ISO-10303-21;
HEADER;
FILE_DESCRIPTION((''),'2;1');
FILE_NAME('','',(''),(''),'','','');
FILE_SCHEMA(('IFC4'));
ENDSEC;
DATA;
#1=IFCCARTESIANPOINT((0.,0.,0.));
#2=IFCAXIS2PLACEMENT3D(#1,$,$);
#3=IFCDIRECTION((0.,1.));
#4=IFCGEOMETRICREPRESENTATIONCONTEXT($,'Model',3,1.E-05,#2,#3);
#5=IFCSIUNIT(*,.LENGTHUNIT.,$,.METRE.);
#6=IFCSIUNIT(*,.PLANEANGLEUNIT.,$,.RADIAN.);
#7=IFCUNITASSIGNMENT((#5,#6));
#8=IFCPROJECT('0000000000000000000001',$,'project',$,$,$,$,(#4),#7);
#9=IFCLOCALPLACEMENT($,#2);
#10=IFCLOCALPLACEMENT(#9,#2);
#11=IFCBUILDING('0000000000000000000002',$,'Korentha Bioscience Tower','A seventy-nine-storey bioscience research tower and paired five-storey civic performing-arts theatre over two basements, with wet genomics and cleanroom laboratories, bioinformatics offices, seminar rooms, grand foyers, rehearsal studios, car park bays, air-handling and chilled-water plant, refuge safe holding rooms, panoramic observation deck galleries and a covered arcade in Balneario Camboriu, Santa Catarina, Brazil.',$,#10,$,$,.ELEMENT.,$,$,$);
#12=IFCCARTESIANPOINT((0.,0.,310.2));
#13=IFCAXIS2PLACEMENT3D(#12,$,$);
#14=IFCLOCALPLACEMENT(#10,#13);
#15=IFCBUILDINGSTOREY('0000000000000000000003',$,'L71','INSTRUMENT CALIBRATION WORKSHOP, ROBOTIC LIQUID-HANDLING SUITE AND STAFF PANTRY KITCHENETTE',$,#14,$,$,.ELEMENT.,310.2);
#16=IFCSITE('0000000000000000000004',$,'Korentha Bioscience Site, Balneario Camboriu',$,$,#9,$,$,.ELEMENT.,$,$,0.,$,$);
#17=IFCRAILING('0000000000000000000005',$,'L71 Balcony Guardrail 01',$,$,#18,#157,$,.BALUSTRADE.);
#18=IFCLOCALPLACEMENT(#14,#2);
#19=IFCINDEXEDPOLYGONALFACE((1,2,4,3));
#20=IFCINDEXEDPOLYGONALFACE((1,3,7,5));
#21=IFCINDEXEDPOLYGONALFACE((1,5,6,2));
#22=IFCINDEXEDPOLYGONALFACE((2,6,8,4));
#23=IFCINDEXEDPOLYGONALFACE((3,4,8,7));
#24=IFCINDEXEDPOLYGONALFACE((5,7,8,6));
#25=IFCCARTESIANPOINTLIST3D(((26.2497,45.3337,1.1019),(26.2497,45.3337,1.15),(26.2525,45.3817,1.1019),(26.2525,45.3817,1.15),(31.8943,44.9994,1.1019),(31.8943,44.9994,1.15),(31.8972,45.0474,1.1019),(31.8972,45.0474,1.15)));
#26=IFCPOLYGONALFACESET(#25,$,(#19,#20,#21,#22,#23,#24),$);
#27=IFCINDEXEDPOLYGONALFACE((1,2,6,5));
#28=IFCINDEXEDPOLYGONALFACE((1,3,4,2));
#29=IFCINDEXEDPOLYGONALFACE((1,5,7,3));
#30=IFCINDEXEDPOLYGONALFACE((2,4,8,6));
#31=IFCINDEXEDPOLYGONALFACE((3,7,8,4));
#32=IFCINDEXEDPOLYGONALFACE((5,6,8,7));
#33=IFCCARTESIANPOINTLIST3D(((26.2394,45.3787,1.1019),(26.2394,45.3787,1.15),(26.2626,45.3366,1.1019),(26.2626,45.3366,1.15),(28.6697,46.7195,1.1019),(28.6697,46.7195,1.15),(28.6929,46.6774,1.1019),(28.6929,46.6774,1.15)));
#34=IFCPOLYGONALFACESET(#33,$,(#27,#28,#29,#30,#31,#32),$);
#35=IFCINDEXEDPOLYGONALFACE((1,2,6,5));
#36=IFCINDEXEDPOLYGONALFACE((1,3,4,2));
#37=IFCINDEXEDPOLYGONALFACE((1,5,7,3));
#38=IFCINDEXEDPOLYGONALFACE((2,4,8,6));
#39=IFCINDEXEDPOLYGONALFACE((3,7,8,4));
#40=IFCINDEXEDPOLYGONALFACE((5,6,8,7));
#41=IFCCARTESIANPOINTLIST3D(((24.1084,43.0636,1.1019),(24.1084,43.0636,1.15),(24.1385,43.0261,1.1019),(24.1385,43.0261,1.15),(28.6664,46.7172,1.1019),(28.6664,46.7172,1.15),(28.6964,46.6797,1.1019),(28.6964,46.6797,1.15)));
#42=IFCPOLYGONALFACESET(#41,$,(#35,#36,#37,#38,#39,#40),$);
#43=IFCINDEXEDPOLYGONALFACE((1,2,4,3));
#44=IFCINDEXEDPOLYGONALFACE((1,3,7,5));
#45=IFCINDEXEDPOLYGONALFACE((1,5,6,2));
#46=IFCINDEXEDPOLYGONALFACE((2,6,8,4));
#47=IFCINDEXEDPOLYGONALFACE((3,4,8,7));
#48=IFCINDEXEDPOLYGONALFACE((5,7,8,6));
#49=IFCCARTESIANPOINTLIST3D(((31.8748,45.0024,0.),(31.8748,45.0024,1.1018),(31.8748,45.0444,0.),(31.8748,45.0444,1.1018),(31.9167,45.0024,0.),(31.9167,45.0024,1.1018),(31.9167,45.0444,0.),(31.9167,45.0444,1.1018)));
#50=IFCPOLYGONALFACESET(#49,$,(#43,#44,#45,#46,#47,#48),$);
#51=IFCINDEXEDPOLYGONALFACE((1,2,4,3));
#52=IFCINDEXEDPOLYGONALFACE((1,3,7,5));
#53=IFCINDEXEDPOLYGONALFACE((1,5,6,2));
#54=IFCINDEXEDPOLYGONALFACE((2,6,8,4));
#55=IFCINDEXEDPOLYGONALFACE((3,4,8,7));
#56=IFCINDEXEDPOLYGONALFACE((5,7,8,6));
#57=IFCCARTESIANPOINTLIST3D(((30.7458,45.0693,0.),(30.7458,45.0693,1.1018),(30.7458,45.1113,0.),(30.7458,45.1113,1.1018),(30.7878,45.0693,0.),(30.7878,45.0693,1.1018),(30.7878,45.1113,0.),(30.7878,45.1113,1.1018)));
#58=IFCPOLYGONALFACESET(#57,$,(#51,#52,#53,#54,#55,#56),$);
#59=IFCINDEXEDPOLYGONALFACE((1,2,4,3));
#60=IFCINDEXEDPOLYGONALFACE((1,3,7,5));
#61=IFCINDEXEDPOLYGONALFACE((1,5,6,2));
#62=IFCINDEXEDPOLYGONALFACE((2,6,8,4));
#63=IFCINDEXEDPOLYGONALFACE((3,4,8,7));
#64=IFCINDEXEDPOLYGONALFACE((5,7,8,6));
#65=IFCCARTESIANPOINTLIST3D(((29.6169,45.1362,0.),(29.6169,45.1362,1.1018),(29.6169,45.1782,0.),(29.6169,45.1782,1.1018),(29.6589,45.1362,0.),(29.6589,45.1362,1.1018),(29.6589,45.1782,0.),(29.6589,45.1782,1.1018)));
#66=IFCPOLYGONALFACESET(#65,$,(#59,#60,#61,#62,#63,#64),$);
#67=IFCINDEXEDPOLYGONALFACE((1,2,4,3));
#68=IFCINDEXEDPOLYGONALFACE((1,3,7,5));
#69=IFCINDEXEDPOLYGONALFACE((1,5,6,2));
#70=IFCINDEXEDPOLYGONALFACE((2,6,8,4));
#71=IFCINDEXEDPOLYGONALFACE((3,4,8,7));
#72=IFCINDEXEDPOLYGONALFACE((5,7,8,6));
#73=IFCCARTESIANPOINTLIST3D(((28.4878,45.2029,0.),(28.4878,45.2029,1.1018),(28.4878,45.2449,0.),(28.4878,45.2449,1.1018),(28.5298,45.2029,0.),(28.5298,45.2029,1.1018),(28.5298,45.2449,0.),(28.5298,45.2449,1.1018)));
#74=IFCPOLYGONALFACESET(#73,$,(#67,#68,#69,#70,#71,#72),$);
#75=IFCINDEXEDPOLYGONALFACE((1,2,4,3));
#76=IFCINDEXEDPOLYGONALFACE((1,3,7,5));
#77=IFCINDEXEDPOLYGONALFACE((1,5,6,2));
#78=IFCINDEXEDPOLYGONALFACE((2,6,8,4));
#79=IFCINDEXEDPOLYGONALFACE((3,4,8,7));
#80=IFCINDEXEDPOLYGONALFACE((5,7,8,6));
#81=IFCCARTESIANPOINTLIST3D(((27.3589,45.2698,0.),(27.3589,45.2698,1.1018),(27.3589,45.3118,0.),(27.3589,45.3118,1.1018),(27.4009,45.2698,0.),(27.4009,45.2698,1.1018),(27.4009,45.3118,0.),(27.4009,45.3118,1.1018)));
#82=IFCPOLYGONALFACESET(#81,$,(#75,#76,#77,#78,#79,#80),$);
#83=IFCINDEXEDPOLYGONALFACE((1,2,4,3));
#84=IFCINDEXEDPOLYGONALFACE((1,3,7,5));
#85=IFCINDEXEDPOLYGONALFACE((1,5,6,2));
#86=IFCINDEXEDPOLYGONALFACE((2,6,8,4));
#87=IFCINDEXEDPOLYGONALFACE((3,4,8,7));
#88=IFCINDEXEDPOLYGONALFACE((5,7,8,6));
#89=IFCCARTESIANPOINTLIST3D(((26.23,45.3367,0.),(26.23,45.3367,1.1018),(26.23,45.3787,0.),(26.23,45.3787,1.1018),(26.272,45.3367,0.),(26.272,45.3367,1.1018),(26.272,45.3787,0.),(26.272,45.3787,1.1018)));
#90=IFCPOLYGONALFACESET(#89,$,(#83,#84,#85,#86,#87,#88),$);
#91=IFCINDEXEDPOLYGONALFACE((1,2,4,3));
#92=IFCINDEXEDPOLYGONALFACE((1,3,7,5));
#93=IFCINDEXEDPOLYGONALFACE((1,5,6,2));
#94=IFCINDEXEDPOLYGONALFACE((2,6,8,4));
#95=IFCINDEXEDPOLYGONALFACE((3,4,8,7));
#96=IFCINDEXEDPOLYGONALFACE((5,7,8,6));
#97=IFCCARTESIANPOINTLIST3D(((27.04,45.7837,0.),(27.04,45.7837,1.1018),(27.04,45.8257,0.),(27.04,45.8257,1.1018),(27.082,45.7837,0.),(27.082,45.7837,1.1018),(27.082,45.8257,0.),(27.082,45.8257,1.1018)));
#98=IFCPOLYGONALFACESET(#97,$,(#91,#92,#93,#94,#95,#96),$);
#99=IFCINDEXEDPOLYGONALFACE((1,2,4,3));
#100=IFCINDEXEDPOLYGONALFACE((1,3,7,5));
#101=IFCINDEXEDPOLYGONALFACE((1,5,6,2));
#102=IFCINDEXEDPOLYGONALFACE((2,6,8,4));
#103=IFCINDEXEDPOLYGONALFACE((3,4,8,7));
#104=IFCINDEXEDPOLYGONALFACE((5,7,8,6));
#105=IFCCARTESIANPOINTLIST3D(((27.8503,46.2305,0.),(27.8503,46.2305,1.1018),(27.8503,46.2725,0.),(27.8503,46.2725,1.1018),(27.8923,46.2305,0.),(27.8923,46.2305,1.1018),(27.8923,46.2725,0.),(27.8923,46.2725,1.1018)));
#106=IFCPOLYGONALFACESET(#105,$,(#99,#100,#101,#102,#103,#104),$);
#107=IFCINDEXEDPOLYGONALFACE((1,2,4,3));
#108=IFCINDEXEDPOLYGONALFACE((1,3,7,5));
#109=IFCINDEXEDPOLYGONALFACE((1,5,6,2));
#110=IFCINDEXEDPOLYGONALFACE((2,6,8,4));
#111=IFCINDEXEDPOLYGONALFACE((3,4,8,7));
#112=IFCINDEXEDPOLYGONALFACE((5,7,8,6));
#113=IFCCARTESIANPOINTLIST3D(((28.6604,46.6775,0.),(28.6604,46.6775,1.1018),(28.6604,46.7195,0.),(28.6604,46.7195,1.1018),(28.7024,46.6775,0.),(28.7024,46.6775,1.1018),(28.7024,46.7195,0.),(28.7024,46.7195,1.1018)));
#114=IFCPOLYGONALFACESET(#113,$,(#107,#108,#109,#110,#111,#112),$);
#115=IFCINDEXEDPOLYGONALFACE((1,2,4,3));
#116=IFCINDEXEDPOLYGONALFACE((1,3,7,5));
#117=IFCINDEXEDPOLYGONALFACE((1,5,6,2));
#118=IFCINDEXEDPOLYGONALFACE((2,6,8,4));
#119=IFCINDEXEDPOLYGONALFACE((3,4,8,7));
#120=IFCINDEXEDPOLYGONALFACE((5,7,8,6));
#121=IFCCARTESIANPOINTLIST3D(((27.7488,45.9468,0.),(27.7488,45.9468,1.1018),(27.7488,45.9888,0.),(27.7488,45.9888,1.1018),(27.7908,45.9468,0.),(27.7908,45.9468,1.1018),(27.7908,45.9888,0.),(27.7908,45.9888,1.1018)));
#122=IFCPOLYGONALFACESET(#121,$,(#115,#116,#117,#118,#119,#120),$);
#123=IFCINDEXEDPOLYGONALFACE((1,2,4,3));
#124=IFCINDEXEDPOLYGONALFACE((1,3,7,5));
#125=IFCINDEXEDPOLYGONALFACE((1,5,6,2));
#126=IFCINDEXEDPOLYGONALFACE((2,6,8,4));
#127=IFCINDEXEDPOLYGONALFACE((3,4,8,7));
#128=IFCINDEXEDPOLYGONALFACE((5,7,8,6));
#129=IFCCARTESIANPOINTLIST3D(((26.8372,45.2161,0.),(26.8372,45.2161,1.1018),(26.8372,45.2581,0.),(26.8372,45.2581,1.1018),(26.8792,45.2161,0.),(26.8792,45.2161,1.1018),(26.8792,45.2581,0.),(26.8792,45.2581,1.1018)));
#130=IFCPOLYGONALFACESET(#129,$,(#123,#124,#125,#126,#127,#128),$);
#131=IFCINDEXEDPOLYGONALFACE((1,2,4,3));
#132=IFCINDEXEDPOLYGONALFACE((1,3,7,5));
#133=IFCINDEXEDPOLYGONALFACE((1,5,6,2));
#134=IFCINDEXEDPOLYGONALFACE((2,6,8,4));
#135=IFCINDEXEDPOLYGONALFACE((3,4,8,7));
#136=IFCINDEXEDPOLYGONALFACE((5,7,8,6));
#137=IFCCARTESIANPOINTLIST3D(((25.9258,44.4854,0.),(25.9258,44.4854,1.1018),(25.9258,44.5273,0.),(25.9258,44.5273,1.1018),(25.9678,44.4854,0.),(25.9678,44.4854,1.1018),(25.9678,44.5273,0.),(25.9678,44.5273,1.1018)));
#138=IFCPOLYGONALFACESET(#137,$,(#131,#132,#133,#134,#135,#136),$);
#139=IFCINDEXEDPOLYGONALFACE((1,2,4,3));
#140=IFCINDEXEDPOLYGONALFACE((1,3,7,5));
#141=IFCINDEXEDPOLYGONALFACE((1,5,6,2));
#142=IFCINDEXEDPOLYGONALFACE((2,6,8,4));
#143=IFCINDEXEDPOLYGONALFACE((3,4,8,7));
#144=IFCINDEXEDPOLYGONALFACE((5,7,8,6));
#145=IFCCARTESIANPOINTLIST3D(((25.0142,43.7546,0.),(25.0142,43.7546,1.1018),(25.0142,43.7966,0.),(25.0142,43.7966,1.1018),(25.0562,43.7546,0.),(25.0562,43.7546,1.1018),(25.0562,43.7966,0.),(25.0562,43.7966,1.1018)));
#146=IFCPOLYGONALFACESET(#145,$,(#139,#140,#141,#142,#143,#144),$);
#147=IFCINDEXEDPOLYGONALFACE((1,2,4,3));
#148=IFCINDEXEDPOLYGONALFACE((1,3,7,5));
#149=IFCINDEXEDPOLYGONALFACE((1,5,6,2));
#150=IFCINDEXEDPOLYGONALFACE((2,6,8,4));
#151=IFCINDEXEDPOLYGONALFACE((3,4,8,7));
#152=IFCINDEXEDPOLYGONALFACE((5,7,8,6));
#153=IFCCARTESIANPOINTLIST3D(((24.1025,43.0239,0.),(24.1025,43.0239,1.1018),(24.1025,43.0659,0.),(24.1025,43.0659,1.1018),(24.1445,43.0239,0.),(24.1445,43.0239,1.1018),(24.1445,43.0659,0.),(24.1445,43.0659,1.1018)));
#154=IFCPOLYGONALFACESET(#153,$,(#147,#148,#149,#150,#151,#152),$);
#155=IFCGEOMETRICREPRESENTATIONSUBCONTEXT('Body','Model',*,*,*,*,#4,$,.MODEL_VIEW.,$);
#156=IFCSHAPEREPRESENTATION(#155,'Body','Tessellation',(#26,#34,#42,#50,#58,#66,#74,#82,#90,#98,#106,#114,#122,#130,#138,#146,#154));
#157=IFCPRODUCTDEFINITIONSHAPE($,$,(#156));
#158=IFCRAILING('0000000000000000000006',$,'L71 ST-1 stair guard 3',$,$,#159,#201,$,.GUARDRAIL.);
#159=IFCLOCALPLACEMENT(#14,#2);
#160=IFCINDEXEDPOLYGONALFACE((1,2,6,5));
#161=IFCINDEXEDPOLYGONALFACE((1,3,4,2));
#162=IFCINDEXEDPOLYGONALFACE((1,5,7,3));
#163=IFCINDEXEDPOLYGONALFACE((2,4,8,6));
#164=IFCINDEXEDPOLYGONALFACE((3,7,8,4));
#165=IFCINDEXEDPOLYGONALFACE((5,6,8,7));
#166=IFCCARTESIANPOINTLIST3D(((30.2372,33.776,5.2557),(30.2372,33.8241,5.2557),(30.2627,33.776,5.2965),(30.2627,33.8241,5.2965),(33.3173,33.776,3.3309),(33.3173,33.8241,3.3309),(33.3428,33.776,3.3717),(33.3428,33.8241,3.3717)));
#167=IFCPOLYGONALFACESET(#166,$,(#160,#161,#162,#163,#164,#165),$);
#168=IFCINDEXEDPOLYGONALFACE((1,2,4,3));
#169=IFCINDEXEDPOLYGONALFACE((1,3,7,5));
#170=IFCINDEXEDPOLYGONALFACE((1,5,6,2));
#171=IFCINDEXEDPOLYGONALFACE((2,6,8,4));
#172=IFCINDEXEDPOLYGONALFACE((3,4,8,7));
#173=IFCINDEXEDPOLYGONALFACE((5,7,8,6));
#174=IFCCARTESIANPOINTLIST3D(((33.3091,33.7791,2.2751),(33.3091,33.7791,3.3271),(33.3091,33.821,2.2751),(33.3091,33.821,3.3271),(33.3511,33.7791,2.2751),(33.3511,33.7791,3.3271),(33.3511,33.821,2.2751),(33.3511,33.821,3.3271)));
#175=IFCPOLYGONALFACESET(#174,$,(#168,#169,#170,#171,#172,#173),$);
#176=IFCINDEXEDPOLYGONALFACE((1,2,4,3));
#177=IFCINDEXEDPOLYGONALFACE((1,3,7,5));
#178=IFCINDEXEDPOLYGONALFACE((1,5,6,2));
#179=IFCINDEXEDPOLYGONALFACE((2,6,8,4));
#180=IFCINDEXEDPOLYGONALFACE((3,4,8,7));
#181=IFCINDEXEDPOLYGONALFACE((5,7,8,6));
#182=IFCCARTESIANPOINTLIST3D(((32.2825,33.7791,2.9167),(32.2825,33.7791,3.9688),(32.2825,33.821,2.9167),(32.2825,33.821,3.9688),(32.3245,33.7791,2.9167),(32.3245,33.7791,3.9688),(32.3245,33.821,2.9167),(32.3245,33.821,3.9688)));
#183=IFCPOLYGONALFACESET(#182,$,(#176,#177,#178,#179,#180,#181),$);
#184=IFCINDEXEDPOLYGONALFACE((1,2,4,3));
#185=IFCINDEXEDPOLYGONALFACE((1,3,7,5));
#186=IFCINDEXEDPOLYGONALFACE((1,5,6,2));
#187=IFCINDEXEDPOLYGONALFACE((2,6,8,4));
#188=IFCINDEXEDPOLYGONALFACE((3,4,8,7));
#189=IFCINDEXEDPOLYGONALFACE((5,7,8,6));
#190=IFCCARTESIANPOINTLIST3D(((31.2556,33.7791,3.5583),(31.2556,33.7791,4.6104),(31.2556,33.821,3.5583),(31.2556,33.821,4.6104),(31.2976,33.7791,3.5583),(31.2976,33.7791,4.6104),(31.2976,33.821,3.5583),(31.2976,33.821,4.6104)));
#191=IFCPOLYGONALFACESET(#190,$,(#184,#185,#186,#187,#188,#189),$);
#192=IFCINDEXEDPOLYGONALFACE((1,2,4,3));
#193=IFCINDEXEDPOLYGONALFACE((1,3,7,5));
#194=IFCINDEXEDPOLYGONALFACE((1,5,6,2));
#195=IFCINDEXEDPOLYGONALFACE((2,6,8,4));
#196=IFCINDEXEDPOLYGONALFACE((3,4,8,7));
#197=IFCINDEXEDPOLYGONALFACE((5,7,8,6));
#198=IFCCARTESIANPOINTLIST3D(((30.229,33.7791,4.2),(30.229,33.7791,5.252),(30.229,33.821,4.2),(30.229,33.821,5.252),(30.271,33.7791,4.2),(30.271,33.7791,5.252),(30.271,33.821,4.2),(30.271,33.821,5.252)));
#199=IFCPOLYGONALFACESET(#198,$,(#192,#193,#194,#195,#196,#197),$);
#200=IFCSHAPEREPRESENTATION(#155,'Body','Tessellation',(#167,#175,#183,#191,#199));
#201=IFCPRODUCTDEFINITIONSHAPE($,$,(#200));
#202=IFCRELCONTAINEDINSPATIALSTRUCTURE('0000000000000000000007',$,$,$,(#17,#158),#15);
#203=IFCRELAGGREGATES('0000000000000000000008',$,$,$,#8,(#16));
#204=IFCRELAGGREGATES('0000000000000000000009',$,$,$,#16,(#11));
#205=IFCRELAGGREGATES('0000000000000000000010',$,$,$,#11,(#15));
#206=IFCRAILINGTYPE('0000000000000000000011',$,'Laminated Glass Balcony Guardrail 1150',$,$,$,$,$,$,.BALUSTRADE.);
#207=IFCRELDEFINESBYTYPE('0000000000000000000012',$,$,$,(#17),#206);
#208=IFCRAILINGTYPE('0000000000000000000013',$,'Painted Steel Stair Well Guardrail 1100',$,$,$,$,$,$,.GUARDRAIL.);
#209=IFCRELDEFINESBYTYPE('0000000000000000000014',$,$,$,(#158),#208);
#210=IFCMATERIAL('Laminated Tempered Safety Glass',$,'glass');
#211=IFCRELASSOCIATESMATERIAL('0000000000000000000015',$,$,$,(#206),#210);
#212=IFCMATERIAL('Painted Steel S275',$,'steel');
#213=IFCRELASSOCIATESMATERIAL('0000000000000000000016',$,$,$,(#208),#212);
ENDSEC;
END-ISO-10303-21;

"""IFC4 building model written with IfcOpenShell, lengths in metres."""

from ifc_helpers import new_model, si_unit, direction, frame, origin, origin_2d, place, context, subcontext, project, spatial, rectangle, extrude, material, type_object, element, save


model = new_model("IFC4")

# Units and contexts
model_context = context("Model", 3, precision=1e-05, world=origin(), true_north=direction((0.0, 1.0)))
body_context = subcontext(model_context, "Body", "Model", "MODEL_VIEW")
ifc_project = project(units=[si_unit("LENGTHUNIT", "METRE"), si_unit("PLANEANGLEUNIT", "RADIAN")], contexts=[model_context])

# Site, building, storey
site_placement = place(None, origin())
site = spatial("IfcSite", under=ifc_project, at=site_placement, Name="Korentha Bioscience Site, Balneario Camboriu", CompositionType="ELEMENT", RefElevation=0.0)
building_placement = place(site_placement, origin())
building = spatial("IfcBuilding", under=site, at=building_placement, Name="Korentha Bioscience Tower", Description="A seventy-nine-storey bioscience research tower and paired five-storey civic performing-arts theatre over two basements, with wet genomics and cleanroom laboratories, bioinformatics offices, seminar rooms, grand foyers, rehearsal studios, car park bays, air-handling and chilled-water plant, refuge safe holding rooms, panoramic observation deck galleries and a covered arcade in Balneario Camboriu, Santa Catarina, Brazil.", CompositionType="ELEMENT")
storey_placement = place(building_placement, frame((0.0, 0.0, 310.2)))
storey = spatial("IfcBuildingStorey", under=building, at=storey_placement, Name="L71", Description="INSTRUMENT CALIBRATION WORKSHOP, ROBOTIC LIQUID-HANDLING SUITE AND STAFF PANTRY KITCHENETTE", CompositionType="ELEMENT", Elevation=310.2)

# Railings
ifc_material_1 = material(Name="Laminated Tempered Safety Glass", Category="glass")
railing_type_1 = type_object("IfcRailingType", Name="Laminated Glass Balcony Guardrail 1150", PredefinedType="BALUSTRADE", material=ifc_material_1)
railing_1_placement = place(storey_placement, frame((31.8958, 45.0234, 0.0)))
element("IfcRailing", 1, at=railing_1_placement, inside=storey, type_object=railing_type_1, Name="L71 Balcony Guardrail 01", PredefinedType="BALUSTRADE", context=body_context, shape_type="SweptSolid", body=[
    extrude(rectangle(XDim=0.0481, YDim=0.0481, at=origin_2d()), frame((0.0, 0.0, 1.126), z_axis=(-0.998252, 0.059107, 0.0), x_axis=(-0.059107, -0.998252, 0.0)), (0.0, 0.0, 1.0), 5.6545),
    extrude(rectangle(XDim=0.0481, YDim=0.0481, at=origin_2d()), frame((-5.6448, 0.3342, 1.126), z_axis=(0.875593, 0.483049, 0.0), x_axis=(-0.483049, 0.875593, 0.0)), (0.0, 0.0, 1.0), 2.7756),
    extrude(rectangle(XDim=0.0481, YDim=0.0481, at=origin_2d()), frame((-3.2144, 1.675, 1.126), z_axis=(-0.780261, -0.625454, 0.0), x_axis=(0.625454, -0.780261, 0.0)), (0.0, 0.0, 1.0), 5.8416),
    extrude(rectangle(XDim=0.042, YDim=0.042, at=origin_2d()), origin(), (0.0, 0.0, 1.0), 1.1018),
    extrude(rectangle(XDim=0.042, YDim=0.042, at=origin_2d()), frame((-1.1289, 0.0669, 0.0)), (0.0, 0.0, 1.0), 1.1018),
    extrude(rectangle(XDim=0.042, YDim=0.042, at=origin_2d()), frame((-2.2578, 0.1338, 0.0)), (0.0, 0.0, 1.0), 1.1018),
    extrude(rectangle(XDim=0.042, YDim=0.042, at=origin_2d()), frame((-3.387, 0.2004, 0.0)), (0.0, 0.0, 1.0), 1.1018),
    extrude(rectangle(XDim=0.042, YDim=0.042, at=origin_2d()), frame((-4.5159, 0.2673, 0.0)), (0.0, 0.0, 1.0), 1.1018),
    extrude(rectangle(XDim=0.042, YDim=0.042, at=origin_2d()), frame((-5.6448, 0.3342, 0.0)), (0.0, 0.0, 1.0), 1.1018),
    extrude(rectangle(XDim=0.042, YDim=0.042, at=origin_2d()), frame((-4.8347, 0.7812, 0.0)), (0.0, 0.0, 1.0), 1.1018),
    extrude(rectangle(XDim=0.042, YDim=0.042, at=origin_2d()), frame((-4.0244, 1.228, 0.0)), (0.0, 0.0, 1.0), 1.1018),
    extrude(rectangle(XDim=0.042, YDim=0.042, at=origin_2d()), frame((-3.2144, 1.675, 0.0)), (0.0, 0.0, 1.0), 1.1018),
    extrude(rectangle(XDim=0.042, YDim=0.042, at=origin_2d()), frame((-4.126, 0.9443, 0.0)), (0.0, 0.0, 1.0), 1.1018),
    extrude(rectangle(XDim=0.042, YDim=0.042, at=origin_2d()), frame((-5.0376, 0.2136, 0.0)), (0.0, 0.0, 1.0), 1.1018),
    extrude(rectangle(XDim=0.042, YDim=0.042, at=origin_2d()), frame((-5.949, -0.5171, 0.0)), (0.0, 0.0, 1.0), 1.1018),
    extrude(rectangle(XDim=0.042, YDim=0.042, at=origin_2d()), frame((-6.8606, -1.2478, 0.0)), (0.0, 0.0, 1.0), 1.1018),
    extrude(rectangle(XDim=0.042, YDim=0.042, at=origin_2d()), frame((-7.7722, -1.9785, 0.0)), (0.0, 0.0, 1.0), 1.1018),
])
ifc_material_2 = material(Name="Painted Steel S275", Category="steel")
railing_type_2 = type_object("IfcRailingType", Name="Painted Steel Stair Well Guardrail 1100", PredefinedType="GUARDRAIL", material=ifc_material_2)
railing_2_placement = place(storey_placement, frame((33.3301, 33.8, 2.2751)))
element("IfcRailing", 2, at=railing_2_placement, inside=storey, type_object=railing_type_2, Name="L71 ST-1 stair guard 3", PredefinedType="GUARDRAIL", context=body_context, shape_type="SweptSolid", body=[
    extrude(rectangle(XDim=0.0481, YDim=0.0481, at=origin_2d()), frame((0.0, 0.0, 1.0762), z_axis=(-0.848029, 0.0, 0.529951), x_axis=(0.0, -1.0, 0.0)), (0.0, 0.0, 1.0), 3.6321),
    extrude(rectangle(XDim=0.042, YDim=0.042, at=origin_2d()), origin(), (0.0, 0.0, 1.0), 1.052),
    extrude(rectangle(XDim=0.042, YDim=0.042, at=origin_2d()), frame((-1.0266, 0.0, 0.6416)), (0.0, 0.0, 1.0), 1.052),
    extrude(rectangle(XDim=0.042, YDim=0.042, at=origin_2d()), frame((-2.0535, 0.0, 1.2832)), (0.0, 0.0, 1.0), 1.052),
    extrude(rectangle(XDim=0.042, YDim=0.042, at=origin_2d()), frame((-3.0801, 0.0, 1.9248)), (0.0, 0.0, 1.0), 1.052),
])

save(model, "model.ifc")
